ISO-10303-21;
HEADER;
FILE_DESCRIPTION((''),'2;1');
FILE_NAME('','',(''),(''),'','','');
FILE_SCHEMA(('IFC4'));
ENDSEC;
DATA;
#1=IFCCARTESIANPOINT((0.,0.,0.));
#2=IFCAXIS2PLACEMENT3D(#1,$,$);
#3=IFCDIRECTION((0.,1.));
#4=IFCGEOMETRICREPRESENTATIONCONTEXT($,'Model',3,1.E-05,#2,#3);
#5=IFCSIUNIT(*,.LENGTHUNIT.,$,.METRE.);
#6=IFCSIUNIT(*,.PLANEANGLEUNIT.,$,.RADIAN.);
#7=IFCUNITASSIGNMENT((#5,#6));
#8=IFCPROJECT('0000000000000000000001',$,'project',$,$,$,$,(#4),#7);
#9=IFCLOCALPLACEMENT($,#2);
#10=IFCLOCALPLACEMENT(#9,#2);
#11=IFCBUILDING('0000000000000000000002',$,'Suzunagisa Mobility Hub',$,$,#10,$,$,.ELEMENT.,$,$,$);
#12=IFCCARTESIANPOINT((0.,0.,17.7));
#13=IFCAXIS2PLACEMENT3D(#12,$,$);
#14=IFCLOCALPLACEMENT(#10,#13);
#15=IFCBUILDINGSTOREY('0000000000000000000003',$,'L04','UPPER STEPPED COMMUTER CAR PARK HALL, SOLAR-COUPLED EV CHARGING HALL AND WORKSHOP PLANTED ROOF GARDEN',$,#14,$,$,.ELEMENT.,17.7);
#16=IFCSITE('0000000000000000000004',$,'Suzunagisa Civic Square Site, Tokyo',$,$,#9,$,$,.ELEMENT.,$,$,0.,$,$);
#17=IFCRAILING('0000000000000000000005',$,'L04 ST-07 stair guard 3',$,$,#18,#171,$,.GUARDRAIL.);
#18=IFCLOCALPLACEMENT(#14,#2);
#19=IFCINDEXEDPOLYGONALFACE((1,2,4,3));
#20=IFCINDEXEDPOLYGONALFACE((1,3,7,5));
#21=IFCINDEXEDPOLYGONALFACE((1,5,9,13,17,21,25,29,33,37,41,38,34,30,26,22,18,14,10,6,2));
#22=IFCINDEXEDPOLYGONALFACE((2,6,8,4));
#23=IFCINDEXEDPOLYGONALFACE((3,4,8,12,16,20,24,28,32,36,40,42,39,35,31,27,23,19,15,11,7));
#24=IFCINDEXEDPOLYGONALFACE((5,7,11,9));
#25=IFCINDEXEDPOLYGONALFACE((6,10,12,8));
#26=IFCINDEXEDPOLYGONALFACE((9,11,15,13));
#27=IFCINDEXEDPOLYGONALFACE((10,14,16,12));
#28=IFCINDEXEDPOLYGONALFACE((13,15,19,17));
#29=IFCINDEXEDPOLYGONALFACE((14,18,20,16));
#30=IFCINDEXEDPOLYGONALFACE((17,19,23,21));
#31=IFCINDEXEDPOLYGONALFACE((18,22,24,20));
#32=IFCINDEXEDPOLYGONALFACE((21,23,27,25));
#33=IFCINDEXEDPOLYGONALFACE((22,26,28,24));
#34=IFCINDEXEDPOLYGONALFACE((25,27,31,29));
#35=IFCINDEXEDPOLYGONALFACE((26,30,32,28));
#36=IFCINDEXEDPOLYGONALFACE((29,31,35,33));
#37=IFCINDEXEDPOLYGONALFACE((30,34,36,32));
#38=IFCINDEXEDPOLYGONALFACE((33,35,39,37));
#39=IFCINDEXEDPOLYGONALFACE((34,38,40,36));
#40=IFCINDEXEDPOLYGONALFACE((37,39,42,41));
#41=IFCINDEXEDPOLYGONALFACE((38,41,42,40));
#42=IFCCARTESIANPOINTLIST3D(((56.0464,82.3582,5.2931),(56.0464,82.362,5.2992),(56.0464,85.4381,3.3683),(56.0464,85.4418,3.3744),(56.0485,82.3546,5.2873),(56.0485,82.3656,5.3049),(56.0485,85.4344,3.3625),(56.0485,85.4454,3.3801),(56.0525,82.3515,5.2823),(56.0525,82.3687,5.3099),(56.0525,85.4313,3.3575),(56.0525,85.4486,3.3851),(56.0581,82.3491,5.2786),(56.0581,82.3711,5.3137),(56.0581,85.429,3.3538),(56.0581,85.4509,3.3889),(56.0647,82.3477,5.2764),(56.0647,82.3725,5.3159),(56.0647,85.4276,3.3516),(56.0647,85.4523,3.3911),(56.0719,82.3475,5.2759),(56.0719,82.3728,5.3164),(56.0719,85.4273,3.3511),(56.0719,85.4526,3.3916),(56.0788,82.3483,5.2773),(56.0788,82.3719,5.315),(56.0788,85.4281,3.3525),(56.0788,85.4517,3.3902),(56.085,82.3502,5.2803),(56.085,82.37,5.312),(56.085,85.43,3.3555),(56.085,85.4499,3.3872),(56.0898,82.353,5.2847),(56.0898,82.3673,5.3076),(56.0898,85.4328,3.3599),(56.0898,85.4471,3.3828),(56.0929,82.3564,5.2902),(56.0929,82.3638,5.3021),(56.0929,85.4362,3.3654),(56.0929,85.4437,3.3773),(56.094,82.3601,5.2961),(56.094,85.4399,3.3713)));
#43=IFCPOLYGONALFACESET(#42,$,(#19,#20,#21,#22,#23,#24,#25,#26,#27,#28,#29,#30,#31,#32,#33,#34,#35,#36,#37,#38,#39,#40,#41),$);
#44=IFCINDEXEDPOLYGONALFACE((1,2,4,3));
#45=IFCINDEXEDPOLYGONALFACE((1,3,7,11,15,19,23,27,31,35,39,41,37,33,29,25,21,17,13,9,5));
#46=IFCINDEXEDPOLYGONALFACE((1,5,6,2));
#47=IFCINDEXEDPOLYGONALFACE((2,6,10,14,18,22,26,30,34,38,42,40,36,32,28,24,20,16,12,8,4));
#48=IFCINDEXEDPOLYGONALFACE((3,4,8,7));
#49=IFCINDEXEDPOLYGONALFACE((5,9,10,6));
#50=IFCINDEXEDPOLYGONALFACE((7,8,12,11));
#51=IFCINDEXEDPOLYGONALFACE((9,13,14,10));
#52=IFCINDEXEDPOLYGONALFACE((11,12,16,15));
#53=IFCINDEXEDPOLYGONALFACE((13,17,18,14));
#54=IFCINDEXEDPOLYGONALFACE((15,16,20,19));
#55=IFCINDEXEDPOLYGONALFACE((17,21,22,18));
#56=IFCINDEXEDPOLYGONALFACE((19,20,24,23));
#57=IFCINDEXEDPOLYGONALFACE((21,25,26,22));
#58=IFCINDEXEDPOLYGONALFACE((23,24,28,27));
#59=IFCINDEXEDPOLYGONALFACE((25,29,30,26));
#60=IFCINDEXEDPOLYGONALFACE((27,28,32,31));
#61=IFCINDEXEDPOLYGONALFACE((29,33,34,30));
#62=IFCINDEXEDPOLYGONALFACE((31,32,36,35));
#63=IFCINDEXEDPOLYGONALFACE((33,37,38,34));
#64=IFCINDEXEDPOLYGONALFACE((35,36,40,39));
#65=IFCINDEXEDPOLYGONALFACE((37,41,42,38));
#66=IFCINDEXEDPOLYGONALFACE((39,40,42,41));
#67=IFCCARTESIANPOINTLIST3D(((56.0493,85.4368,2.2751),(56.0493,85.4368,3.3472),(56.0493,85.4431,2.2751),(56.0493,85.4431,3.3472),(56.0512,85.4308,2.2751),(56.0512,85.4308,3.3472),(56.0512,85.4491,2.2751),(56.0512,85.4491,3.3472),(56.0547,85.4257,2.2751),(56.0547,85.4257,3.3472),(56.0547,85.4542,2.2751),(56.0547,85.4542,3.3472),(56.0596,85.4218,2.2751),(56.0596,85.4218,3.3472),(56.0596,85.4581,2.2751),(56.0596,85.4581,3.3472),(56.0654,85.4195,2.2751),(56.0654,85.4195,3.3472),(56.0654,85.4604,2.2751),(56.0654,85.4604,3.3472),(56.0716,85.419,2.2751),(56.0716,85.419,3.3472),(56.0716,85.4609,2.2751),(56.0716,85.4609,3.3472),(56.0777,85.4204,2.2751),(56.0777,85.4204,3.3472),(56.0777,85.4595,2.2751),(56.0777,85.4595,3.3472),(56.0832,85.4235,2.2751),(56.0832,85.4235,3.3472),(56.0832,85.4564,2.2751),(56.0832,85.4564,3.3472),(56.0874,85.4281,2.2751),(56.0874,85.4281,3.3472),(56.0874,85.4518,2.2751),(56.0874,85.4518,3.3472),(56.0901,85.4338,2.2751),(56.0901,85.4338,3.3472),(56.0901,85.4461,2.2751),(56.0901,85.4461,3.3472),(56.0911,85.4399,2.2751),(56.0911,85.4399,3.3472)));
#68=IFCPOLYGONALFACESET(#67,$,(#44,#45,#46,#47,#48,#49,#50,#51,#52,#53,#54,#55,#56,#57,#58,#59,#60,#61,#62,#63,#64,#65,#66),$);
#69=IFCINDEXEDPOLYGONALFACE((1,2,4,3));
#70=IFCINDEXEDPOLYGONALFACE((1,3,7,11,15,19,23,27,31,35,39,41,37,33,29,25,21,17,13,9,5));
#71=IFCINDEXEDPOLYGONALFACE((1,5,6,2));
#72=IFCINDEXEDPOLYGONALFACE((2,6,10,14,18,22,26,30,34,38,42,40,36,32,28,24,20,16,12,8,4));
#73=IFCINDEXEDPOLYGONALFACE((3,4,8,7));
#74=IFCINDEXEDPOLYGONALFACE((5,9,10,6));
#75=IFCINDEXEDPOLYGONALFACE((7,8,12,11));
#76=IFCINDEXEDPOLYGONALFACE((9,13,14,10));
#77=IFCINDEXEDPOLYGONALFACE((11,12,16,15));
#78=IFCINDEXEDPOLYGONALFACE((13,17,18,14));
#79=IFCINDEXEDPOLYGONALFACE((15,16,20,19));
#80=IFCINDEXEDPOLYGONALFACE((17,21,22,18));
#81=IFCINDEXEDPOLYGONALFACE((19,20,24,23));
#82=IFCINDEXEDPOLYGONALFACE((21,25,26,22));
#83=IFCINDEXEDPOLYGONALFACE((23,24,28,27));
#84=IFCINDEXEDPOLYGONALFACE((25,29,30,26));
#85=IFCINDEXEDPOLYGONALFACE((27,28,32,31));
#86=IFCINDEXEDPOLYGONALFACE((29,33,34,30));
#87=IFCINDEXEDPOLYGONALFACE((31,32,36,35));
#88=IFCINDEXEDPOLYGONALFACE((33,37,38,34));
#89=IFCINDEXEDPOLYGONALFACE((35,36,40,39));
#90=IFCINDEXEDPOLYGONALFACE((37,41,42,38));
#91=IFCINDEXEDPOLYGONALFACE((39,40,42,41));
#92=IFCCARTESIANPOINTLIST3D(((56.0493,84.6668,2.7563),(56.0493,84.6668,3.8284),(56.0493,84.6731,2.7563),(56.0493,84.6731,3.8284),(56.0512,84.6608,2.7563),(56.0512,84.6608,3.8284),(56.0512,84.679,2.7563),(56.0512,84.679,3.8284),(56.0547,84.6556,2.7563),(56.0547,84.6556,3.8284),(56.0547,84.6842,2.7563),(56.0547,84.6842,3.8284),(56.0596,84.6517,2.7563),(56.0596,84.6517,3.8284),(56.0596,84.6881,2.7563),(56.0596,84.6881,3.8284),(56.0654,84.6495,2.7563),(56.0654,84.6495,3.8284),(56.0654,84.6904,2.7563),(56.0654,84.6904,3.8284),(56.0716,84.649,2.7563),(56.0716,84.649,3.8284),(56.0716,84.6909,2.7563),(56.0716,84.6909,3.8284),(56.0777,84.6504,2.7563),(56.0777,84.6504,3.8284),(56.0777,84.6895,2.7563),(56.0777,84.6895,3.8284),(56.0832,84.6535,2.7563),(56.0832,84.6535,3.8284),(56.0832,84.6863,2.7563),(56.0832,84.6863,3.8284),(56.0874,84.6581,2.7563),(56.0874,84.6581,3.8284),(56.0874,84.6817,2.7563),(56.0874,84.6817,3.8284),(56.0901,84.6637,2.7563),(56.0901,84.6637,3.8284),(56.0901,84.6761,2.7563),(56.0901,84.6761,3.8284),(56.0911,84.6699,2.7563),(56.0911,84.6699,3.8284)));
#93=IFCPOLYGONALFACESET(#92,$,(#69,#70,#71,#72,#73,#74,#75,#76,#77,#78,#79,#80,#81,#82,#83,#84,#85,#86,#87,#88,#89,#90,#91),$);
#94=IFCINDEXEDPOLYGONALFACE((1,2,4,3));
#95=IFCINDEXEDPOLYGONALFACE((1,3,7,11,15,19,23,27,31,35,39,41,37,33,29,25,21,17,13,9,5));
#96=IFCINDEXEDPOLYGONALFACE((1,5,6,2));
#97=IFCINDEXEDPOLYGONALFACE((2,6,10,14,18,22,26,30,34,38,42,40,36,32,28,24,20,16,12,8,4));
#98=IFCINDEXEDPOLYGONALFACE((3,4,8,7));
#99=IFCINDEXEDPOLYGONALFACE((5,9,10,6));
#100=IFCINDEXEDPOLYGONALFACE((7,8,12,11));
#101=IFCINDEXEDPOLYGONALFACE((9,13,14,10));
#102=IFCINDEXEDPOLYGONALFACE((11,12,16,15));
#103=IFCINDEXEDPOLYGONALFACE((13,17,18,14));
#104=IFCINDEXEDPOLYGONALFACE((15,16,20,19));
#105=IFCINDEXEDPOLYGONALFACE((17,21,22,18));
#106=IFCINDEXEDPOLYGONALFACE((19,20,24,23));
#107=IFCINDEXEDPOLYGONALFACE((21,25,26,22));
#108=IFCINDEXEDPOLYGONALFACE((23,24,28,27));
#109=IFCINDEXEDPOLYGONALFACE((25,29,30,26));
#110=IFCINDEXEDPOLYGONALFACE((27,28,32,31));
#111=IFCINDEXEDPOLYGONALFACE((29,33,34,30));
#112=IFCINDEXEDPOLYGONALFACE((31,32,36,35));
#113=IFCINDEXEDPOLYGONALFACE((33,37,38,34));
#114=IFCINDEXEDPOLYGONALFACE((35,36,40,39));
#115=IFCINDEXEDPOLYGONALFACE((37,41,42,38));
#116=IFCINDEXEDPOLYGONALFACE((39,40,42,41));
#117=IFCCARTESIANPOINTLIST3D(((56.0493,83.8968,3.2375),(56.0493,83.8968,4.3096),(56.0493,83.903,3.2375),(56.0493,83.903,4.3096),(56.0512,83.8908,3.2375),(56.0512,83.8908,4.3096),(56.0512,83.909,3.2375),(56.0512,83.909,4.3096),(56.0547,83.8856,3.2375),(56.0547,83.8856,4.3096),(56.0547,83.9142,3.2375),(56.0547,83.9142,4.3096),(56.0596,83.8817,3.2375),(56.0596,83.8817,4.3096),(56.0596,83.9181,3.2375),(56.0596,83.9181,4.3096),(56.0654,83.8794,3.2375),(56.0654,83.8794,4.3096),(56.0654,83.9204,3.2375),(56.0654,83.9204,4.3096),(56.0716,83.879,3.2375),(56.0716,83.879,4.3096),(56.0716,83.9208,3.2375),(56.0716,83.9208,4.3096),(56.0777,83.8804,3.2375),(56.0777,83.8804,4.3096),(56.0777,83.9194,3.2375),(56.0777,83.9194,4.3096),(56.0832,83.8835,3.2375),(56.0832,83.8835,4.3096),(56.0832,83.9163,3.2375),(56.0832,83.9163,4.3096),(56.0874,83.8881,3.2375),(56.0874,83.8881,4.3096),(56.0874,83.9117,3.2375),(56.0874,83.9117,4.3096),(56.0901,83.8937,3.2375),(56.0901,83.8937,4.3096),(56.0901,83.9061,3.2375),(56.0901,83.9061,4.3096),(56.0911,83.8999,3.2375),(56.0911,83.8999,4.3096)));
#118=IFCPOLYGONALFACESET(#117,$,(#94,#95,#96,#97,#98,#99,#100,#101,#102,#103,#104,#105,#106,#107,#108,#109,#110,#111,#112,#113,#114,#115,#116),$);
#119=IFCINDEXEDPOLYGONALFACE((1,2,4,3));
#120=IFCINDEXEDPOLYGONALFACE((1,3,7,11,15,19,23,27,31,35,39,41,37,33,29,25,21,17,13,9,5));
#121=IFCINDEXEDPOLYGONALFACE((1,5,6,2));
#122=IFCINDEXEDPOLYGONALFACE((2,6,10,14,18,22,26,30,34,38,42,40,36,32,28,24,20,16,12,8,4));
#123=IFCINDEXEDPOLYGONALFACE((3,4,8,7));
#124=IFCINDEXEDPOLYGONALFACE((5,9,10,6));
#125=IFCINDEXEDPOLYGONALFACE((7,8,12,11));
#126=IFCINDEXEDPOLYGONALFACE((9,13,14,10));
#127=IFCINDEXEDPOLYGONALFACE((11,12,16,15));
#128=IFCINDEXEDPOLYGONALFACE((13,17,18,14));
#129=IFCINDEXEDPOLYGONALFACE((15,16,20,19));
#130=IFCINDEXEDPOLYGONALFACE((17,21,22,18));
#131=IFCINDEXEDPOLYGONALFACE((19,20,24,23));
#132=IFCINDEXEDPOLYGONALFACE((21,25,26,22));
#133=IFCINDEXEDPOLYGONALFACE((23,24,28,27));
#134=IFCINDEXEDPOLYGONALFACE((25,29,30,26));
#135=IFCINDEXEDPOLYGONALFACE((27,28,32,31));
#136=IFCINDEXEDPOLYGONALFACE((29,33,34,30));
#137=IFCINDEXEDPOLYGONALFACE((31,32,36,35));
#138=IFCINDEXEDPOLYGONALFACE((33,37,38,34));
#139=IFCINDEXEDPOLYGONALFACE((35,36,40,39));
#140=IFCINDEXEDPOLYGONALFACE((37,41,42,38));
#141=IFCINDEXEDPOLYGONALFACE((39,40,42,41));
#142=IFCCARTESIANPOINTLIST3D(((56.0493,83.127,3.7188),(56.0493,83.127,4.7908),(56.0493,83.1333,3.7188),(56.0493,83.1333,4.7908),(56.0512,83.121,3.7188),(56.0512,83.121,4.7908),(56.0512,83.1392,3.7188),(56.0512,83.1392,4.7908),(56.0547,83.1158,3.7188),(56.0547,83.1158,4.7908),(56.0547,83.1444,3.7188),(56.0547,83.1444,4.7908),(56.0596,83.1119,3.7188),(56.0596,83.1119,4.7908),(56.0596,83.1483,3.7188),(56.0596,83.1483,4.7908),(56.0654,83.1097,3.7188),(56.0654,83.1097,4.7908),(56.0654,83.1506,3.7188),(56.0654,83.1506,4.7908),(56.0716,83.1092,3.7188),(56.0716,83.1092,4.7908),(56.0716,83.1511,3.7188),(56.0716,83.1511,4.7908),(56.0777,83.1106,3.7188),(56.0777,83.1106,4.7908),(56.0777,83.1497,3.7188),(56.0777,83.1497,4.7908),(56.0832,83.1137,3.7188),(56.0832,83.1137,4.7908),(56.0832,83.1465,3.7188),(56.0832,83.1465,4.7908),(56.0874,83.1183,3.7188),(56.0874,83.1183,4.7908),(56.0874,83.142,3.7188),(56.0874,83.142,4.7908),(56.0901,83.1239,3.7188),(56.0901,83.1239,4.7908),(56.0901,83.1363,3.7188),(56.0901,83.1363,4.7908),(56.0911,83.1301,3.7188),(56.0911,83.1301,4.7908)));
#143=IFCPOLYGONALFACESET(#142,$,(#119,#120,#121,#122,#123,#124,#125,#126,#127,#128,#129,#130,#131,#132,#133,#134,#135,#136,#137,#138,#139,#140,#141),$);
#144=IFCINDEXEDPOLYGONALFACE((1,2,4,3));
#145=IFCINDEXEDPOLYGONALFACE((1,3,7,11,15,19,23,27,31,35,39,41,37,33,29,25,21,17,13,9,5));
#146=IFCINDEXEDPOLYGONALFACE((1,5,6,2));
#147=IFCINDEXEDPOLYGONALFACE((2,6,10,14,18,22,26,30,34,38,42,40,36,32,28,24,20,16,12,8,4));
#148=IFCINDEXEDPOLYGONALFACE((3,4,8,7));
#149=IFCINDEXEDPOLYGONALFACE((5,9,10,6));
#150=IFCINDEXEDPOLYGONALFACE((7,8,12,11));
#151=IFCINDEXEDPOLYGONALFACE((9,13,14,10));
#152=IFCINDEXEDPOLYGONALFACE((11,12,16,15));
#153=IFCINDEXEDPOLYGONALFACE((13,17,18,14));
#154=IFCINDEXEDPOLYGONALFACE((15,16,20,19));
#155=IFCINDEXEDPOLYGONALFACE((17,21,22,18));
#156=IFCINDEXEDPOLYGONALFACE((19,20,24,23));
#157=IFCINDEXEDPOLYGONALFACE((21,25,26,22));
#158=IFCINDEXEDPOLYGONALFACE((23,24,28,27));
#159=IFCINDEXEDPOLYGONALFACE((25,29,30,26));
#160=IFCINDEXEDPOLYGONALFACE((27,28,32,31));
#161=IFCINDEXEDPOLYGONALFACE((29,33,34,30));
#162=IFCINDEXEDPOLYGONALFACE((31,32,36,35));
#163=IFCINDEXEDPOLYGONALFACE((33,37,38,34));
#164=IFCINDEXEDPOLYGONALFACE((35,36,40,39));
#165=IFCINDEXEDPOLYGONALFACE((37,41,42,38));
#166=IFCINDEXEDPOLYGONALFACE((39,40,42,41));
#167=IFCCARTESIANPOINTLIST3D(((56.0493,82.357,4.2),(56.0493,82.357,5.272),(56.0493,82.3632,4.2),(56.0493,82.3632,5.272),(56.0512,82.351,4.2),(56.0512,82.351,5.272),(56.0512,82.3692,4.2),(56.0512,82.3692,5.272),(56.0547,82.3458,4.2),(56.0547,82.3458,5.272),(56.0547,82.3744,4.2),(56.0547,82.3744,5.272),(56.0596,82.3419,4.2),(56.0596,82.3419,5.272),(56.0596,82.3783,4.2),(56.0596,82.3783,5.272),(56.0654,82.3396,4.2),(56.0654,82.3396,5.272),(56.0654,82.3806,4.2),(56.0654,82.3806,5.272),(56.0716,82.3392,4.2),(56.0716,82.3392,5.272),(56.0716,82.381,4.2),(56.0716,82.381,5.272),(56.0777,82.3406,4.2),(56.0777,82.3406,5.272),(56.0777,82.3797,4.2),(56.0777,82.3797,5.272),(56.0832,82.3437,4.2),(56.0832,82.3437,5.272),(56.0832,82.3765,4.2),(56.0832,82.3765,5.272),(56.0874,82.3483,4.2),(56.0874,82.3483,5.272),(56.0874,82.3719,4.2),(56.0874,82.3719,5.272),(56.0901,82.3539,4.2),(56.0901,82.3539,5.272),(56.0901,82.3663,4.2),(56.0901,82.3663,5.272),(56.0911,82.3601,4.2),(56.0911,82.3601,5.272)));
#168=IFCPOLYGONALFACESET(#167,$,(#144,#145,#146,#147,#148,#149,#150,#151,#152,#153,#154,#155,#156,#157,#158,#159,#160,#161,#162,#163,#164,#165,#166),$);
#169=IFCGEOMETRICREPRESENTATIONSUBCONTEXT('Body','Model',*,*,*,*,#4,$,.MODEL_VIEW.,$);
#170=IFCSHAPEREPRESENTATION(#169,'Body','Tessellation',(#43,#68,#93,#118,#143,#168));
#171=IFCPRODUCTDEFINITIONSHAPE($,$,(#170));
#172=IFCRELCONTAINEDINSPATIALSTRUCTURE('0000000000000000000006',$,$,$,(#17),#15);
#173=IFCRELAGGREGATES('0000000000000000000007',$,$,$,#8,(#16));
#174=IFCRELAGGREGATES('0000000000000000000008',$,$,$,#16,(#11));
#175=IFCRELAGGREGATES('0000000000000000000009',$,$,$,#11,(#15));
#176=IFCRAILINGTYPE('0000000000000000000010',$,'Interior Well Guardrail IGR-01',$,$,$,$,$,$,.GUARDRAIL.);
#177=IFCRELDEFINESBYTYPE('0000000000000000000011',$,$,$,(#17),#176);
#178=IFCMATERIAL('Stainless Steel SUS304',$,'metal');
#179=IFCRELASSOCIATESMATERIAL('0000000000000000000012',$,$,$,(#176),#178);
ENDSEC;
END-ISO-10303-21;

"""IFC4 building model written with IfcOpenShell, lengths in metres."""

from ifc_helpers import new_model, si_unit, direction, frame, origin, origin_2d, place, context, subcontext, project, spatial, circle, extrude, material, type_object, element, save


model = new_model("IFC4")

# Units and contexts
model_context = context("Model", 3, precision=1e-05, world=origin(), true_north=direction((0.0, 1.0)))
body_context = subcontext(model_context, "Body", "Model", "MODEL_VIEW")
ifc_project = project(units=[si_unit("LENGTHUNIT", "METRE"), si_unit("PLANEANGLEUNIT", "RADIAN")], contexts=[model_context])

# Site, building, storey
site_placement = place(None, origin())
site = spatial("IfcSite", under=ifc_project, at=site_placement, Name="Suzunagisa Civic Square Site, Tokyo", CompositionType="ELEMENT", RefElevation=0.0)
building_placement = place(site_placement, origin())
building = spatial("IfcBuilding", under=site, at=building_placement, Name="Suzunagisa Mobility Hub", CompositionType="ELEMENT")
storey_placement = place(building_placement, frame((0.0, 0.0, 17.7)))
storey = spatial("IfcBuildingStorey", under=building, at=storey_placement, Name="L04", Description="UPPER STEPPED COMMUTER CAR PARK HALL, SOLAR-COUPLED EV CHARGING HALL AND WORKSHOP PLANTED ROOF GARDEN", CompositionType="ELEMENT", Elevation=17.7)

# Railing
ifc_material_1 = material(Name="Stainless Steel SUS304", Category="metal")
railing_type_1 = type_object("IfcRailingType", Name="Interior Well Guardrail IGR-01", PredefinedType="GUARDRAIL", material=ifc_material_1)
railing_1_placement = place(storey_placement, frame((56.0701, 85.4399, 2.2751)))
element("IfcRailing", 1, at=railing_1_placement, inside=storey, type_object=railing_type_1, Name="L04 ST-07 stair guard 3", PredefinedType="GUARDRAIL", context=body_context, shape_type="SweptSolid", body=[
    extrude(circle(Radius=0.0239, at=origin_2d()), frame((0.0, 0.0, 1.0962), z_axis=(0.0, -0.84801, 0.529981), x_axis=(1.0, 0.0, 0.0)), (0.0, 0.0, 1.0), 3.6318),
    extrude(circle(Radius=0.021, at=origin_2d()), origin(), (0.0, 0.0, 1.0), 1.072),
    extrude(circle(Radius=0.021, at=origin_2d()), frame((0.0, -0.77, 0.4812)), (0.0, 0.0, 1.0), 1.072),
    extrude(circle(Radius=0.021, at=origin_2d()), frame((0.0, -1.54, 0.9624)), (0.0, 0.0, 1.0), 1.072),
    extrude(circle(Radius=0.021, at=origin_2d()), frame((0.0, -2.3098, 1.4436)), (0.0, 0.0, 1.0), 1.072),
    extrude(circle(Radius=0.021, at=origin_2d()), frame((0.0, -3.0798, 1.9248)), (0.0, 0.0, 1.0), 1.072),
])

save(model, "model.ifc")
